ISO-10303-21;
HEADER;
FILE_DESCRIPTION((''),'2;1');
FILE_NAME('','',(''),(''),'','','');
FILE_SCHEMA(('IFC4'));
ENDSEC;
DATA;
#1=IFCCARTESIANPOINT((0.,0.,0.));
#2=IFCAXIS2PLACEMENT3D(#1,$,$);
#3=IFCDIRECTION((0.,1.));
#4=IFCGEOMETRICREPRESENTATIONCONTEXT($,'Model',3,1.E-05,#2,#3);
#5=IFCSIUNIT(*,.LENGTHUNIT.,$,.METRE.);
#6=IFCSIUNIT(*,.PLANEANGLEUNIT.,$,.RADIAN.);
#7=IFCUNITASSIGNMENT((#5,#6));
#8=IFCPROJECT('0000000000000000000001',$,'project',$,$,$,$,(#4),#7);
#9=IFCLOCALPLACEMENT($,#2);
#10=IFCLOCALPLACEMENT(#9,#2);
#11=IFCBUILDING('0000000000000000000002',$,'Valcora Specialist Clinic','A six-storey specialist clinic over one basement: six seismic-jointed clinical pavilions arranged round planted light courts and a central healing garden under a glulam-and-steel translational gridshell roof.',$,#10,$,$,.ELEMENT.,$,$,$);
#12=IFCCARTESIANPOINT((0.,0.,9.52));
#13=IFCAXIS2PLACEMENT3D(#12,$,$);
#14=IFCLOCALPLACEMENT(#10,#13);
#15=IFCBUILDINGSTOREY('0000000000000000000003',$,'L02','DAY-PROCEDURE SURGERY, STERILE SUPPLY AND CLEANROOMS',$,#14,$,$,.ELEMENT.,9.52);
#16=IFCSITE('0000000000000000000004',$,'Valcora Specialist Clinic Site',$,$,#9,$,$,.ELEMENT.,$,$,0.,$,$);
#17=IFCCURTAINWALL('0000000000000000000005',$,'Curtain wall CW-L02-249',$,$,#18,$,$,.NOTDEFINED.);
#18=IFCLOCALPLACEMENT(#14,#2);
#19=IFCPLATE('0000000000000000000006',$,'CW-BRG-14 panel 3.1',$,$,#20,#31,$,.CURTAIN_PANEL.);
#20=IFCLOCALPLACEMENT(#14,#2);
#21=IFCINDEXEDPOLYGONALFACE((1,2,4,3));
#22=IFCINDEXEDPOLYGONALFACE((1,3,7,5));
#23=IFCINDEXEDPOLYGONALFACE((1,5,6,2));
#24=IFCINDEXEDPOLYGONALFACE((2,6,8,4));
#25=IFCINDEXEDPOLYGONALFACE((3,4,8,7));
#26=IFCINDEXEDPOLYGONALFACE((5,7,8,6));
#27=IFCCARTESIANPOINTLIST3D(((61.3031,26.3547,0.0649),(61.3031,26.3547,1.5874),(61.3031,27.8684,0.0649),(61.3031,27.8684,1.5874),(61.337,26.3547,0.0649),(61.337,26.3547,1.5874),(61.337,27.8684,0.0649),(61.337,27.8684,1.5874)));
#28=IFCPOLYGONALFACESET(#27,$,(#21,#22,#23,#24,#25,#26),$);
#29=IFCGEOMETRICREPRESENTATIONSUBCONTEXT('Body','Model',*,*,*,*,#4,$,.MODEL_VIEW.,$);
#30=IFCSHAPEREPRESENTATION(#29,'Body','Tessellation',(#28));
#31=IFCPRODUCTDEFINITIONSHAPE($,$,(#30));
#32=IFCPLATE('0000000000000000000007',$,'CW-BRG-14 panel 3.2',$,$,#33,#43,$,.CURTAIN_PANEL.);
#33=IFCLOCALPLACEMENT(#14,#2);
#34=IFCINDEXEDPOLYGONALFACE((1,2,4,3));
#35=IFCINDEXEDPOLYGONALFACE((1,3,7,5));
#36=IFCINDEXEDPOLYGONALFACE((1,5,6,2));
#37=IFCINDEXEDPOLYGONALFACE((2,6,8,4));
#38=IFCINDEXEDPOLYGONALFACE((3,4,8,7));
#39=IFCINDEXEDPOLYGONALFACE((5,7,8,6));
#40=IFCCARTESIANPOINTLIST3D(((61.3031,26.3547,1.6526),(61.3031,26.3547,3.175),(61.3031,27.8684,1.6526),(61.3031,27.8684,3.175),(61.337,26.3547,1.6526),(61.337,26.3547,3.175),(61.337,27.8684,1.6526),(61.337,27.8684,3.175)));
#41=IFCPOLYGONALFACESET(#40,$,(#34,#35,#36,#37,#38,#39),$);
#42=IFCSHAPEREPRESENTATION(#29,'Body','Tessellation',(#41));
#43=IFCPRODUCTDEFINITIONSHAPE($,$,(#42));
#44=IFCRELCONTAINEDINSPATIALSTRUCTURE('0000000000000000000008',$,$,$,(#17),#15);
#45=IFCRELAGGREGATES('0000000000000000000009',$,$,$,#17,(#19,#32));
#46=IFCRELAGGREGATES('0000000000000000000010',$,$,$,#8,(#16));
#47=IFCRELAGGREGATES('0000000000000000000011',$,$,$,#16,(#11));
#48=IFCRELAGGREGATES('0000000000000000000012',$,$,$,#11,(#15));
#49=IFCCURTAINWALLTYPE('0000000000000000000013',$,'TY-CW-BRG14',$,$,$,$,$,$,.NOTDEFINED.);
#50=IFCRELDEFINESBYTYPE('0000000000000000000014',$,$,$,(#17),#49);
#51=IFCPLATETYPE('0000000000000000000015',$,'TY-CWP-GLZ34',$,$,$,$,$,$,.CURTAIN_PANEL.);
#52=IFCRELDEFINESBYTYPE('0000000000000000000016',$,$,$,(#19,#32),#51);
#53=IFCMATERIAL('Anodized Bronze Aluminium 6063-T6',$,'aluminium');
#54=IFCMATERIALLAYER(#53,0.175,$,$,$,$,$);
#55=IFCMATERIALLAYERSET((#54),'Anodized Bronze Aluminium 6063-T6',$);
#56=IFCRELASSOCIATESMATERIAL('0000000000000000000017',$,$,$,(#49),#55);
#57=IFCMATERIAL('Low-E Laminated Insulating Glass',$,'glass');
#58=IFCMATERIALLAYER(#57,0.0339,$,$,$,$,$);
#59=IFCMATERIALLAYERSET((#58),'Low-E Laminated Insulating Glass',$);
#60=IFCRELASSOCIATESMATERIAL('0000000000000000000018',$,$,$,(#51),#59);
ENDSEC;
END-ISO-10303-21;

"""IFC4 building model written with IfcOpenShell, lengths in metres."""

from ifc_helpers import new_model, si_unit, direction, frame, origin, origin_2d, place, context, subcontext, project, spatial, rectangle, extrude, material, layer, layer_set, type_object, element, aggregate, save


model = new_model("IFC4")

# Units and contexts
model_context = context("Model", 3, precision=1e-05, world=origin(), true_north=direction((0.0, 1.0)))
body_context = subcontext(model_context, "Body", "Model", "MODEL_VIEW")
ifc_project = project(units=[si_unit("LENGTHUNIT", "METRE"), si_unit("PLANEANGLEUNIT", "RADIAN")], contexts=[model_context])

# Site, building, storey
site_placement = place(None, origin())
site = spatial("IfcSite", under=ifc_project, at=site_placement, Name="Valcora Specialist Clinic Site", CompositionType="ELEMENT", RefElevation=0.0)
building_placement = place(site_placement, origin())
building = spatial("IfcBuilding", under=site, at=building_placement, Name="Valcora Specialist Clinic", Description="A six-storey specialist clinic over one basement: six seismic-jointed clinical pavilions arranged round planted light courts and a central healing garden under a glulam-and-steel translational gridshell roof.", CompositionType="ELEMENT")
storey_placement = place(building_placement, frame((0.0, 0.0, 9.52)))
storey = spatial("IfcBuildingStorey", under=building, at=storey_placement, Name="L02", Description="DAY-PROCEDURE SURGERY, STERILE SUPPLY AND CLEANROOMS", CompositionType="ELEMENT", Elevation=9.52)

# Shared definitions
ifc_material_1 = material(Name="Anodized Bronze Aluminium 6063-T6", Category="aluminium")
ifc_layer_1 = layer(ifc_material_1, 0.175)
ifc_layer_set_1 = layer_set([ifc_layer_1], Name="Anodized Bronze Aluminium 6063-T6")
curtain_wall_type = type_object("IfcCurtainWallType", Name="TY-CW-BRG14", PredefinedType="NOTDEFINED", material=ifc_layer_set_1)

# Curtain wall
curtain_wall_1_placement = place(storey_placement, origin())
curtain_wall_1 = element("IfcCurtainWall", 1, at=curtain_wall_1_placement, inside=storey, type_object=curtain_wall_type, Name="Curtain wall CW-L02-249", PredefinedType="NOTDEFINED")

# Plates
ifc_material_2 = material(Name="Low-E Laminated Insulating Glass", Category="glass")
ifc_layer_2 = layer(ifc_material_2, 0.0339)
ifc_layer_set_2 = layer_set([ifc_layer_2], Name="Low-E Laminated Insulating Glass")
plate_type_1 = type_object("IfcPlateType", Name="TY-CWP-GLZ34", PredefinedType="CURTAIN_PANEL", material=ifc_layer_set_2)
plate_1_placement = place(storey_placement, frame((61.3201, 27.1116, 0.0649), z_axis=(0.0, 0.0, 1.0), x_axis=(0.0, 1.0, 0.0)))
plate_1 = element("IfcPlate", 2, at=plate_1_placement, type_object=plate_type_1, Name="CW-BRG-14 panel 3.1", PredefinedType="CURTAIN_PANEL", context=body_context, shape_type="SweptSolid", body=[
    extrude(rectangle(XDim=1.5137, YDim=0.0339, at=origin_2d()), origin(), (0.0, 0.0, 1.0), 1.5225),
])
plate_2_placement = place(storey_placement, frame((61.3201, 27.1116, 1.6526), z_axis=(0.0, 0.0, 1.0), x_axis=(0.0, 1.0, 0.0)))
plate_2 = element("IfcPlate", 3, at=plate_2_placement, type_object=plate_type_1, Name="CW-BRG-14 panel 3.2", PredefinedType="CURTAIN_PANEL", context=body_context, shape_type="SweptSolid", body=[
    extrude(rectangle(XDim=1.5137, YDim=0.0339, at=origin_2d()), origin(), (0.0, 0.0, 1.0), 1.5225),
])
aggregate(curtain_wall_1, [plate_1, plate_2])

save(model, "model.ifc")
